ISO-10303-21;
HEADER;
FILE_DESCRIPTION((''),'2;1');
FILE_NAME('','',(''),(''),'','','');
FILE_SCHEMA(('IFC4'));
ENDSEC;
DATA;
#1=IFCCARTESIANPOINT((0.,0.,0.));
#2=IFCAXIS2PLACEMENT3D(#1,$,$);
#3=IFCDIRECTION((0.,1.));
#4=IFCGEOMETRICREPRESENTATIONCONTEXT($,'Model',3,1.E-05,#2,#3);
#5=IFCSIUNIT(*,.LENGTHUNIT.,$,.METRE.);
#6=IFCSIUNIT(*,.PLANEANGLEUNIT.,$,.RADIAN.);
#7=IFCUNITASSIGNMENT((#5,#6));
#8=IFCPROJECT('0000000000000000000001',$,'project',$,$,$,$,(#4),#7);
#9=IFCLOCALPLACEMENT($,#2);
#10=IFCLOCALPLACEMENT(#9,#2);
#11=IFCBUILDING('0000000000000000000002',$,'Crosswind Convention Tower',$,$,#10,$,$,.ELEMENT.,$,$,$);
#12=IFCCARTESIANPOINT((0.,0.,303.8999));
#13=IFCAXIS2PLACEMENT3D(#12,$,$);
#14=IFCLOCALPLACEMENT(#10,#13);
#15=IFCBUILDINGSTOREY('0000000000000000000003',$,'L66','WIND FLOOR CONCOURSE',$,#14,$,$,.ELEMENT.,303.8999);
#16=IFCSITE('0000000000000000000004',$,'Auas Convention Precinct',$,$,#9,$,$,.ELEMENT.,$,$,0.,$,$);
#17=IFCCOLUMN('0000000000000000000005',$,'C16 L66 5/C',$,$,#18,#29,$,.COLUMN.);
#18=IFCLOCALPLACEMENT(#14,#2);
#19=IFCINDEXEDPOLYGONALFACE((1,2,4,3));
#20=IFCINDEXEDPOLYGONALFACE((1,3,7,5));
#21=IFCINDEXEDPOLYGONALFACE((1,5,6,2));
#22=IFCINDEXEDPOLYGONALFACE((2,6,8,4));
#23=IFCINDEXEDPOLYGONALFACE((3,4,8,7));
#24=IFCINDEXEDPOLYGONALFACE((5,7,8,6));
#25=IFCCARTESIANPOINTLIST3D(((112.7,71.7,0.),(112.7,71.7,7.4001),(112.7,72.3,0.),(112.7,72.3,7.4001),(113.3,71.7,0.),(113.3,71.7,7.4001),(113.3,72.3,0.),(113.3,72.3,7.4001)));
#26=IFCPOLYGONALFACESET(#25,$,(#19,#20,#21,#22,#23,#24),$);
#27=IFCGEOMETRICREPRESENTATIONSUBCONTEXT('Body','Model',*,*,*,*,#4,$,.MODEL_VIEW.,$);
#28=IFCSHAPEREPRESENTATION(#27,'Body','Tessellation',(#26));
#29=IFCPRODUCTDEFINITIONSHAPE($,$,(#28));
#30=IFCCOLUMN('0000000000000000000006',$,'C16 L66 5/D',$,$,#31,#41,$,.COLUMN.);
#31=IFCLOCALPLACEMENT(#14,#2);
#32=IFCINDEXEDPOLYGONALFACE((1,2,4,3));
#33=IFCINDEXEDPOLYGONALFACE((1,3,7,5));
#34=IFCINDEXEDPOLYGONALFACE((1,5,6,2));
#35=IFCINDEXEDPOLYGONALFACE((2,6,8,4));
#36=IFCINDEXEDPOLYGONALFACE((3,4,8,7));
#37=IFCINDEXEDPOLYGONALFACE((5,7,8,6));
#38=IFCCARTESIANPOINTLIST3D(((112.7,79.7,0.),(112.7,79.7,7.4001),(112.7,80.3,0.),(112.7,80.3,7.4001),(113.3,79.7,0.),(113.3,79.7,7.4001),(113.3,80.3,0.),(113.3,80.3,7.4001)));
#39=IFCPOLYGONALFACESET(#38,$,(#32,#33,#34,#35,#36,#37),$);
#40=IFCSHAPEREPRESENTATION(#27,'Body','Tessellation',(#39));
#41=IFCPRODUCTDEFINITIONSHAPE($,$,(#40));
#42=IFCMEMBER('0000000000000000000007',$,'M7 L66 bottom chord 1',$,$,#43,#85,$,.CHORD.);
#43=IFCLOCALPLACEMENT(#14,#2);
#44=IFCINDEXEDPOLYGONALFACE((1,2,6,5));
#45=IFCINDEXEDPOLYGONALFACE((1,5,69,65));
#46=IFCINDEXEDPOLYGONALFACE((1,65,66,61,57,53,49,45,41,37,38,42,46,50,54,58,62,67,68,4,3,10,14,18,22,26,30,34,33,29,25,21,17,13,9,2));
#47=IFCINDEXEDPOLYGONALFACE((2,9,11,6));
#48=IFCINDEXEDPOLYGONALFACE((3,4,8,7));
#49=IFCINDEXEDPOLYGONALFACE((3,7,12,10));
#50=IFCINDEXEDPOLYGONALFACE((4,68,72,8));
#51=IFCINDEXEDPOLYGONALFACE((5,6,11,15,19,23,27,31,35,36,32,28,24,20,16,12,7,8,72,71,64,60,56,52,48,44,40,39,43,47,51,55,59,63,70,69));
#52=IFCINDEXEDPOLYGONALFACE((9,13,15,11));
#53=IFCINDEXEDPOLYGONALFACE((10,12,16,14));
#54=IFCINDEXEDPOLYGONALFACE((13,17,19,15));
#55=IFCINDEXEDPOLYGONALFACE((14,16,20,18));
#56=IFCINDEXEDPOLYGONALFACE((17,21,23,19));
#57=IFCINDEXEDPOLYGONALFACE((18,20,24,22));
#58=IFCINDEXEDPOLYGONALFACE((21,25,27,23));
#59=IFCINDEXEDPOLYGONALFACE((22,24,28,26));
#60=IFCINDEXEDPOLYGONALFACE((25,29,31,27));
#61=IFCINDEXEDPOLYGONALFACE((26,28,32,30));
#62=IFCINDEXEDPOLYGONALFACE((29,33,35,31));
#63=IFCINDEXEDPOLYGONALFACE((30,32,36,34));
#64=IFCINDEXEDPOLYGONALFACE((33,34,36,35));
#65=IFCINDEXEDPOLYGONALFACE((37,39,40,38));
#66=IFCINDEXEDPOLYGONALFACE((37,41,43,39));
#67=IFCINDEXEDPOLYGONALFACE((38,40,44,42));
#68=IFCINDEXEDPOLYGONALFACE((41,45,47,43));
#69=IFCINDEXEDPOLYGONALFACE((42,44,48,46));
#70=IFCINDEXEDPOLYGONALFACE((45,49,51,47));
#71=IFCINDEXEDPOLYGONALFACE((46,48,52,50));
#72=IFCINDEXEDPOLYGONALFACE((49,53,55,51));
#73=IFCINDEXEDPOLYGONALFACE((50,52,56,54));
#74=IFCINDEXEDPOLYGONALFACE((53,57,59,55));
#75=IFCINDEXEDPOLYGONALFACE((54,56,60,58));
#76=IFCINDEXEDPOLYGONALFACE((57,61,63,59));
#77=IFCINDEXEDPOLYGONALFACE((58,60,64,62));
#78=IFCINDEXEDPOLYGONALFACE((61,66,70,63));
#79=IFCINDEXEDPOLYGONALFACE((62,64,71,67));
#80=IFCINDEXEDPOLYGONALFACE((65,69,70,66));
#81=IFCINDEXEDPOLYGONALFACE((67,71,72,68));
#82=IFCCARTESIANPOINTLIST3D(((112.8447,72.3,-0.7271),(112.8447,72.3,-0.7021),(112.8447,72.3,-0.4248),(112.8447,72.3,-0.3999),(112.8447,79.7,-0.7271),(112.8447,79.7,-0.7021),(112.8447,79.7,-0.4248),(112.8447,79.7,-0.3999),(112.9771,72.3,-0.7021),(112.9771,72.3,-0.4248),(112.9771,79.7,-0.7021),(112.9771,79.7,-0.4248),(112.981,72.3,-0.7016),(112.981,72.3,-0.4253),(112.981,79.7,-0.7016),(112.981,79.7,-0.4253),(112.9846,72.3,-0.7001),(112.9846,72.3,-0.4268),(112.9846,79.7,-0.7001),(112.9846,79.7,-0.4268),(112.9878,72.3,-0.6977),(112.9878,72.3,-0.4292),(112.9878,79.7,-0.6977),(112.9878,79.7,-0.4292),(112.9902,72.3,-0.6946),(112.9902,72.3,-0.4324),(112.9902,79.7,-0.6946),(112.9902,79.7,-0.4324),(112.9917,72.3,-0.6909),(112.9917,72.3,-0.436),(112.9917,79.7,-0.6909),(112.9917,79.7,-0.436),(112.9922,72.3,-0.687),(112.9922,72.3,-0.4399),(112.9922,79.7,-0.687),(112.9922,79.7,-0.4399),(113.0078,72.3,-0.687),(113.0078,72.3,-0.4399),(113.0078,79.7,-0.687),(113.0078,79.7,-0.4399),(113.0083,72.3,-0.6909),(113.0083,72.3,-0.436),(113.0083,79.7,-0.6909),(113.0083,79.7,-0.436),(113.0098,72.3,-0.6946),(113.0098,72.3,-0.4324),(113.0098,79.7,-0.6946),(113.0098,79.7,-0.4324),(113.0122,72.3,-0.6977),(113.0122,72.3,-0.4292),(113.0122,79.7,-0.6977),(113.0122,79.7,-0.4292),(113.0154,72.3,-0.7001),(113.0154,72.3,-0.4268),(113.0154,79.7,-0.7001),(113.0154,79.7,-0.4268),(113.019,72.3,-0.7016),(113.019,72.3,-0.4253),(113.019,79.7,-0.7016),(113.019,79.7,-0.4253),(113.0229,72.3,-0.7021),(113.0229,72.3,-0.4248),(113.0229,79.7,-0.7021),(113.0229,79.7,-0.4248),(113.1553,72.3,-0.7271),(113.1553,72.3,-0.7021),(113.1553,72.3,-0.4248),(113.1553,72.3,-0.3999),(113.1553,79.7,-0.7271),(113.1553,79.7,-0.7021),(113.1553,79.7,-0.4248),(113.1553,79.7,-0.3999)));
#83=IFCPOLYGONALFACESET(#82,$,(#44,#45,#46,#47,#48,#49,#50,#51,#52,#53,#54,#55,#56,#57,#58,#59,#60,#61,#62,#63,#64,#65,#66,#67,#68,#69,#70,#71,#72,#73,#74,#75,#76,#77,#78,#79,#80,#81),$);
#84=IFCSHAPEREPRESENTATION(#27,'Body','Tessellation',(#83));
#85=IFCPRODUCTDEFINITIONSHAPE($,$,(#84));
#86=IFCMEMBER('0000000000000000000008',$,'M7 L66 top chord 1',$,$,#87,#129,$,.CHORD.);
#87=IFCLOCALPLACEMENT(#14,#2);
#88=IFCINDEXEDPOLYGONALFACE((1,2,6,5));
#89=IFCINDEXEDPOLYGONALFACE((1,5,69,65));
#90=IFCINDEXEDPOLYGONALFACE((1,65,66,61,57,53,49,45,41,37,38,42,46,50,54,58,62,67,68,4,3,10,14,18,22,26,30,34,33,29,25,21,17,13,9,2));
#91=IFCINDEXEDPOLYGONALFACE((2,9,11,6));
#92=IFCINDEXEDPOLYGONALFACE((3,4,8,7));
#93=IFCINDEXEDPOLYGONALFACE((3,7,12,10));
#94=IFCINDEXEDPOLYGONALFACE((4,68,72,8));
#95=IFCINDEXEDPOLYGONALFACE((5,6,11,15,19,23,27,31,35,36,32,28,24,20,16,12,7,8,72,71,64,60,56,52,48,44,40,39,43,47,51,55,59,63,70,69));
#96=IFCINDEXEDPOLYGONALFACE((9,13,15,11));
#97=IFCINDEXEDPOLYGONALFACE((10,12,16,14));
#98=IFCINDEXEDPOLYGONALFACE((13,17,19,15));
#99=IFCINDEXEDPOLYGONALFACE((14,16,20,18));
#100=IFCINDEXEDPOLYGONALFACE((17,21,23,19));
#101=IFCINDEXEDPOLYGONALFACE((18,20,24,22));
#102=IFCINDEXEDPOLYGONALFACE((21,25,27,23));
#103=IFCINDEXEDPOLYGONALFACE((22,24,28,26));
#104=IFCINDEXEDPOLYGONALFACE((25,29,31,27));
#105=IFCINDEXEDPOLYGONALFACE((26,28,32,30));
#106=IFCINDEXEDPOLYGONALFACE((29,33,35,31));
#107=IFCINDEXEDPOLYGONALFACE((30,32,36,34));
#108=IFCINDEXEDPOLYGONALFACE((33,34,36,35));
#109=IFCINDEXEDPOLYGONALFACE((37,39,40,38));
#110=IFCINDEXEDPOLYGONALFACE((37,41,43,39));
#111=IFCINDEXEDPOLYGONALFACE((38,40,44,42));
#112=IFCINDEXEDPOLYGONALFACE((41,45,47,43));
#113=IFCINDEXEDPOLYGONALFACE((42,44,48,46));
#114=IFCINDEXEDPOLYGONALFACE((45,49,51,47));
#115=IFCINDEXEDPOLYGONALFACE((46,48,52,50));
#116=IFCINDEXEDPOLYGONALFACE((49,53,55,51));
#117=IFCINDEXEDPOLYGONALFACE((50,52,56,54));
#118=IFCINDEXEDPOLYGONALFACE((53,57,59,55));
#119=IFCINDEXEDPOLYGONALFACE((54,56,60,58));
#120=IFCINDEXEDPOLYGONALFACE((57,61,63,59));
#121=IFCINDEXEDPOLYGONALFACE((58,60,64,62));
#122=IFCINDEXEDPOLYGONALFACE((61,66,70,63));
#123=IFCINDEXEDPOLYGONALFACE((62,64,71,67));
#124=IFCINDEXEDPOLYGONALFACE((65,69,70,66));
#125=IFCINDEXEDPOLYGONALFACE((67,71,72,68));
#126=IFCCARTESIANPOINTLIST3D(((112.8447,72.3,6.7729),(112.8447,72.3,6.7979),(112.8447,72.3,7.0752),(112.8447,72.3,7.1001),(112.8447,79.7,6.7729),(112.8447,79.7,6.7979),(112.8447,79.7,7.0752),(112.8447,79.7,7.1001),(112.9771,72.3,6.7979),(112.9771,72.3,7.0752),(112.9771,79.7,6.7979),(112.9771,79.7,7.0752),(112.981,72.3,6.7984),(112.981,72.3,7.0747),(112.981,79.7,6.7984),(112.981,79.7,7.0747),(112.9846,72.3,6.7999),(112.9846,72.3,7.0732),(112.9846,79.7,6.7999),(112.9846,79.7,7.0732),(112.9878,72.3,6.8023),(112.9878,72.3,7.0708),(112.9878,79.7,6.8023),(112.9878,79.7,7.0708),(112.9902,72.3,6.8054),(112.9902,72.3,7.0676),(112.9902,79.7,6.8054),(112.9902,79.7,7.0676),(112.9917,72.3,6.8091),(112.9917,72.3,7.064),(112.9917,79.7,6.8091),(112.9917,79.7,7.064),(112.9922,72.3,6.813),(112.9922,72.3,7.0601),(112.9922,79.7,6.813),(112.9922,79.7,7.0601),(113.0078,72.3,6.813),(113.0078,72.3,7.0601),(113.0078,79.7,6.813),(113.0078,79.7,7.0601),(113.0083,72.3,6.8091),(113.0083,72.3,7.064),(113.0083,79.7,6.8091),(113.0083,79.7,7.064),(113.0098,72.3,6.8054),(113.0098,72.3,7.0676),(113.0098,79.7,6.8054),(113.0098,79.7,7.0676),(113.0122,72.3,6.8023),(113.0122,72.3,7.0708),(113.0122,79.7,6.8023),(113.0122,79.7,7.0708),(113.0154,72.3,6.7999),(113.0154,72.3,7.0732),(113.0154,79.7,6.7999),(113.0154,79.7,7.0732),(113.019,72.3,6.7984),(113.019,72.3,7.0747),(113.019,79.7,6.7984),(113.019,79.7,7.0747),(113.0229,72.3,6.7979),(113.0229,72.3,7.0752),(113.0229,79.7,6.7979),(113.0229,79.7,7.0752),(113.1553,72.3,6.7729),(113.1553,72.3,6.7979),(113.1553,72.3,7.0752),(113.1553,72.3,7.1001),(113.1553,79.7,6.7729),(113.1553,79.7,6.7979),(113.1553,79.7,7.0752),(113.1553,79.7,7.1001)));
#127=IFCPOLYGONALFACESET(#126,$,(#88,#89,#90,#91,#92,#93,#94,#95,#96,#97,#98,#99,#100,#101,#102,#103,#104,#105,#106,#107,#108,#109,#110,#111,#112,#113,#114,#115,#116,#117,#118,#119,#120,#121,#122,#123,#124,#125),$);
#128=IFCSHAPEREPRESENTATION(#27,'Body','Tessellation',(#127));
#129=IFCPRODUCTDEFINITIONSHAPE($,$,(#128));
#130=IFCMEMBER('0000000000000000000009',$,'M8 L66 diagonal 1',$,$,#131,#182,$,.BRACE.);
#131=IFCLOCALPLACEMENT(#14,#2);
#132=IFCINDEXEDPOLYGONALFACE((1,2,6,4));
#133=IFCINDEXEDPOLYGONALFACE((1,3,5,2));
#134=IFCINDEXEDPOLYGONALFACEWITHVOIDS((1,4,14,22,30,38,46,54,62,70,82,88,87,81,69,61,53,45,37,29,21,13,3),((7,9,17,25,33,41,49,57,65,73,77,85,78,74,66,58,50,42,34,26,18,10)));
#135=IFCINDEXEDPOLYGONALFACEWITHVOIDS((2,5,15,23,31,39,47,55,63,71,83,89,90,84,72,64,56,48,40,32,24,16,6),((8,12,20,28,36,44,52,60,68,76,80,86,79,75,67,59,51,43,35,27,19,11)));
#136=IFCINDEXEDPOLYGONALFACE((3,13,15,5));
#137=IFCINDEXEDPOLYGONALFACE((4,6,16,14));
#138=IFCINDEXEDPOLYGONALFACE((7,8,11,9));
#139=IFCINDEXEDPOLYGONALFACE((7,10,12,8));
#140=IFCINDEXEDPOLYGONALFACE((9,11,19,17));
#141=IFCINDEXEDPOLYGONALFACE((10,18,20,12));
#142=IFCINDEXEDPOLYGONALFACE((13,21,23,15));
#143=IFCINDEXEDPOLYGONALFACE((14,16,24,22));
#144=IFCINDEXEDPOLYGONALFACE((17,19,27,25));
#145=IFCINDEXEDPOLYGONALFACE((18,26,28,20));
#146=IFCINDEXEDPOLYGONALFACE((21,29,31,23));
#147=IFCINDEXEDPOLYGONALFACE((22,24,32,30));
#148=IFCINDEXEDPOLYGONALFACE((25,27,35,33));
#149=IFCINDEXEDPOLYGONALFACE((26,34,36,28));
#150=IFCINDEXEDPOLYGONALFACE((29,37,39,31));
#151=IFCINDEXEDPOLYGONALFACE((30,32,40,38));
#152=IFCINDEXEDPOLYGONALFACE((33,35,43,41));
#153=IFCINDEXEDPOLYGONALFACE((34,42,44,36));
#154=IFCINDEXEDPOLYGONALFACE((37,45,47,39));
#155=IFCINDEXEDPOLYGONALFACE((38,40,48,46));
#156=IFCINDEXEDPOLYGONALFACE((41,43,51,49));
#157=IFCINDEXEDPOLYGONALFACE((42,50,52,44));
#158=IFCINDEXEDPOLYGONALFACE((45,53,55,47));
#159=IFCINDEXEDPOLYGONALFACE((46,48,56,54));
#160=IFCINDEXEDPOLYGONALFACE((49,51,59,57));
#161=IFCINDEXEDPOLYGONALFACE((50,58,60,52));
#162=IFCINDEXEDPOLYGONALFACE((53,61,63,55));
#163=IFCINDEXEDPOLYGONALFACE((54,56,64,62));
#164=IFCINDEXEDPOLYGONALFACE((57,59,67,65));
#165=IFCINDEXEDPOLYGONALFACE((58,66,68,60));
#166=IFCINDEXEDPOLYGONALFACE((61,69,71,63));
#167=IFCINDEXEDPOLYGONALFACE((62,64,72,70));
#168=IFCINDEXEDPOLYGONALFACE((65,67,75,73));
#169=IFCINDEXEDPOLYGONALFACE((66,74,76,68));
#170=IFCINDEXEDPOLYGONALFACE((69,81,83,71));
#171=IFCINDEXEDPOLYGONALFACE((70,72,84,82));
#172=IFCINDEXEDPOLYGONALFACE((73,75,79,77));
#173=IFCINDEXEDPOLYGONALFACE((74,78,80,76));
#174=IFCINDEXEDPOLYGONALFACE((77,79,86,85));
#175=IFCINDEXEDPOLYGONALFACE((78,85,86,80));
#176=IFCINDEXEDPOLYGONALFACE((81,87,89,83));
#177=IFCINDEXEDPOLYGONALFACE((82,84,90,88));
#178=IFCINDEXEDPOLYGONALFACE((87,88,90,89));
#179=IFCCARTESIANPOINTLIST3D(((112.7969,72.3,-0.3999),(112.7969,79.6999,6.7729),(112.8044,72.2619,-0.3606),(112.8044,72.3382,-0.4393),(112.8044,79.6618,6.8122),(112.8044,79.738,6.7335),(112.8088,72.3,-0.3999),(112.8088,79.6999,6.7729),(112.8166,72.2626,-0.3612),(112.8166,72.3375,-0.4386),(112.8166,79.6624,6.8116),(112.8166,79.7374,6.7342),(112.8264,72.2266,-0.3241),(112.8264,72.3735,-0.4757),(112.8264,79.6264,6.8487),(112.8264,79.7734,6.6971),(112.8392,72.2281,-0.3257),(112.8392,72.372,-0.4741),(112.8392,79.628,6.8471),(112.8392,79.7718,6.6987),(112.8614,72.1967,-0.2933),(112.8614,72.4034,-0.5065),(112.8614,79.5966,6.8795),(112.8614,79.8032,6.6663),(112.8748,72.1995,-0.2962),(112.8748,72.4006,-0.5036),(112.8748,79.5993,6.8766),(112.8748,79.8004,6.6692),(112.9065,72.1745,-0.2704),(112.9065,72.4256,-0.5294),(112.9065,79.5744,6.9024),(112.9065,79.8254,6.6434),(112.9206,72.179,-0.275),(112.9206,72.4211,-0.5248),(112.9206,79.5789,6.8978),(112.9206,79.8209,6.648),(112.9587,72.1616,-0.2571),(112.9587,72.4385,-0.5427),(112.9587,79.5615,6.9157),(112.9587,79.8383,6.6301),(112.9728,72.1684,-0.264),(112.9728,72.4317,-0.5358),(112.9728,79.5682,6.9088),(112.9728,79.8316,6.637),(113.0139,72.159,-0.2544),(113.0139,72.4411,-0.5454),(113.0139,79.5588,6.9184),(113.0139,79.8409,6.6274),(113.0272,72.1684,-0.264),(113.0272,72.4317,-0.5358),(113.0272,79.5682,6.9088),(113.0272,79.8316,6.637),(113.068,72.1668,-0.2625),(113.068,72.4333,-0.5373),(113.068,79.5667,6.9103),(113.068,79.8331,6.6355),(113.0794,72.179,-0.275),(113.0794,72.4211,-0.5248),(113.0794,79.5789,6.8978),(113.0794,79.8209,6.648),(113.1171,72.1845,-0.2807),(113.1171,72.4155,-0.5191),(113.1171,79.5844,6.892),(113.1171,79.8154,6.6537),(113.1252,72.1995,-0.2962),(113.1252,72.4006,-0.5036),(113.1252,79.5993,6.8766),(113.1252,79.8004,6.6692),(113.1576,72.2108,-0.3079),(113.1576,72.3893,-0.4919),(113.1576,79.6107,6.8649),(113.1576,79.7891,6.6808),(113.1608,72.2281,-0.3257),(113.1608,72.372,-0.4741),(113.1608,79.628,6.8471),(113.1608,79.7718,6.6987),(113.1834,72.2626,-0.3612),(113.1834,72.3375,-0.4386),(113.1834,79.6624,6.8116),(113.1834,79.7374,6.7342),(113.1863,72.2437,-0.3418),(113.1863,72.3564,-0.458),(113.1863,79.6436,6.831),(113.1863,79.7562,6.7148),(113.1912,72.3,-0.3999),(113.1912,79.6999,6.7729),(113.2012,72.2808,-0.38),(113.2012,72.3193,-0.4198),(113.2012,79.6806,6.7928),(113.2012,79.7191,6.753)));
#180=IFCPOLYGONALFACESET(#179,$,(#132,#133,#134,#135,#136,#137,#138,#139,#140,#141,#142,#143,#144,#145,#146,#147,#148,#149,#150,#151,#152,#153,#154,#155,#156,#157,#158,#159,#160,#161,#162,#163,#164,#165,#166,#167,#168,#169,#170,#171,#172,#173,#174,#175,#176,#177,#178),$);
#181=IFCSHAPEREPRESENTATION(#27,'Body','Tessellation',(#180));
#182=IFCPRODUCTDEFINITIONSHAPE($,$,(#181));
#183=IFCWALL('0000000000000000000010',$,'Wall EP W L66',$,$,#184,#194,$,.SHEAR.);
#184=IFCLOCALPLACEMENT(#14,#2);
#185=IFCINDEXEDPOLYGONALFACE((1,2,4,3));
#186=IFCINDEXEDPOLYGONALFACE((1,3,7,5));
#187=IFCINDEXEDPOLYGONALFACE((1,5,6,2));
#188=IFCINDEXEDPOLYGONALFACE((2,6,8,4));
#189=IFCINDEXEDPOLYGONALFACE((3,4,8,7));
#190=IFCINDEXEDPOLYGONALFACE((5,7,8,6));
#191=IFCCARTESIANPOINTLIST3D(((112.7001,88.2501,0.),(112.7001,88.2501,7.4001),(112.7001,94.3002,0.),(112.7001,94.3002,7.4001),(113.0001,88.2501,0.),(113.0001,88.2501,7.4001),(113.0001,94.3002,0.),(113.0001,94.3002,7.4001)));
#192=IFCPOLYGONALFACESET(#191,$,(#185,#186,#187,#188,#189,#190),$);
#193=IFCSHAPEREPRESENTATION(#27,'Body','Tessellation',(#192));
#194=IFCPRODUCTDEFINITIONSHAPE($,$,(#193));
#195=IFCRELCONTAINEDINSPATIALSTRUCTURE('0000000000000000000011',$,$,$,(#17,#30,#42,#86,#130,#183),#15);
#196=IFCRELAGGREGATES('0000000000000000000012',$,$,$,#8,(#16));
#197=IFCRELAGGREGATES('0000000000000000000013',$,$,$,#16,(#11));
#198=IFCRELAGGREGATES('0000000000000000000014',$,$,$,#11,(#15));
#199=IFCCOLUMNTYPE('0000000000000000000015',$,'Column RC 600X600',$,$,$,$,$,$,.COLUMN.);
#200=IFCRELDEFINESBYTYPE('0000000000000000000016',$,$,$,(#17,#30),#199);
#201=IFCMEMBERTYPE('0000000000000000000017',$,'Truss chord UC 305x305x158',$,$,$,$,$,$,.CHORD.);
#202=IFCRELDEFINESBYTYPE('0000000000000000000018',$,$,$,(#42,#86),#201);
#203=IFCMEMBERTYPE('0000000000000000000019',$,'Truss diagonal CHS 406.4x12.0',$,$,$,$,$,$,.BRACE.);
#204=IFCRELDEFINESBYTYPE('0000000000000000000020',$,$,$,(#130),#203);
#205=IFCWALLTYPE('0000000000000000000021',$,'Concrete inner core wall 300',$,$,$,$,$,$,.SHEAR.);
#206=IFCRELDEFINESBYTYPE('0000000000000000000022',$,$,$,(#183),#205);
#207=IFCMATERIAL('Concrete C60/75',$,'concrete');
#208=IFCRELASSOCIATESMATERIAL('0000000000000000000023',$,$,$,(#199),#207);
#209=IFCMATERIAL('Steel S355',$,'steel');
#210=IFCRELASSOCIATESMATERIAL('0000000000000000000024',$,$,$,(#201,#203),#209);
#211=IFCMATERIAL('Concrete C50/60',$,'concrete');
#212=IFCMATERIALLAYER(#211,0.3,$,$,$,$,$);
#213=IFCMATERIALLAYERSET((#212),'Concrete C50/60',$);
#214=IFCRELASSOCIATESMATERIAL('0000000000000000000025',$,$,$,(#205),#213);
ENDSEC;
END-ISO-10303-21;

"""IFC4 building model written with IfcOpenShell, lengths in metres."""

from ifc_helpers import new_model, si_unit, direction, frame, frame_2d, origin, origin_2d, place, context, subcontext, project, spatial, rectangle, hollow_circle, i_section, extrude, material, layer, layer_set, material_profile, profile_set, type_object, element, save


model = new_model("IFC4")

# Units and contexts
model_context = context("Model", 3, precision=1e-05, world=origin(), true_north=direction((0.0, 1.0)))
body_context = subcontext(model_context, "Body", "Model", "MODEL_VIEW")
ifc_project = project(units=[si_unit("LENGTHUNIT", "METRE"), si_unit("PLANEANGLEUNIT", "RADIAN")], contexts=[model_context])

# Site, building, storey
site_placement = place(None, origin())
site = spatial("IfcSite", under=ifc_project, at=site_placement, Name="Auas Convention Precinct", CompositionType="ELEMENT", RefElevation=0.0)
building_placement = place(site_placement, origin())
building = spatial("IfcBuilding", under=site, at=building_placement, Name="Crosswind Convention Tower", CompositionType="ELEMENT")
storey_placement = place(building_placement, frame((0.0, 0.0, 303.8999)))
storey = spatial("IfcBuildingStorey", under=building, at=storey_placement, Name="L66", Description="WIND FLOOR CONCOURSE", CompositionType="ELEMENT", Elevation=303.8999)

# Columns
ifc_material_1 = material(Name="Concrete C60/75", Category="concrete")
ifc_material_profile_1 = material_profile(ifc_material_1, rectangle(XDim=0.6001, YDim=0.6001, at=origin_2d()), Name="RC 600X600")
ifc_profile_set_1 = profile_set([ifc_material_profile_1], Name="Concrete C60/75")
column_type = type_object("IfcColumnType", Name="Column RC 600X600", PredefinedType="COLUMN", material=ifc_profile_set_1)
for number, where, z_axis, x_axis, name in (
    (1, (113.0, 72.0, 0.0), (0.0, 0.0, 1.0), (1.0, 0.0, 0.0), "C16 L66 5/C"),
    (2, (113.0, 80.0, 0.0), (0.0, 0.0, 1.0), (1.0, 0.0, 0.0), "C16 L66 5/D"),
):
    element("IfcColumn", number, at=place(storey_placement, frame(where, z_axis=z_axis, x_axis=x_axis)), inside=storey, type_object=column_type, Name=name, PredefinedType="COLUMN", context=body_context, shape_type="SweptSolid", body=[
        extrude(rectangle(XDim=0.6001, YDim=0.6001, at=origin_2d()), origin(), (0.0, 0.0, 1.0), 7.4001),
    ])

# Members
ifc_material_2 = material(Name="Steel S355", Category="steel")
ifc_material_profile_2 = material_profile(ifc_material_2, i_section(OverallWidth=0.3105, OverallDepth=0.3271, WebThickness=0.0156, FlangeThickness=0.0249, FilletRadius=0.0151, at=origin_2d()), Name="UC 305x305x158")
ifc_profile_set_2 = profile_set([ifc_material_profile_2], Name="Steel S355")
member_type_1 = type_object("IfcMemberType", Name="Truss chord UC 305x305x158", PredefinedType="CHORD", material=ifc_profile_set_2)
for number, where, z_axis, x_axis, name in (
    (3, (113.0, 72.3, -0.5635), (0.0, 1.0, 0.0), (-1.0, 0.0, 0.0), "M7 L66 bottom chord 1"),
    (4, (113.0, 72.3, 6.9365), (0.0, 1.0, 0.0), (-1.0, 0.0, 0.0), "M7 L66 top chord 1"),
):
    element("IfcMember", number, at=place(storey_placement, frame(where, z_axis=z_axis, x_axis=x_axis)), inside=storey, type_object=member_type_1, Name=name, PredefinedType="CHORD", context=body_context, shape_type="SweptSolid", body=[
        extrude(i_section(OverallWidth=0.3105, OverallDepth=0.3271, WebThickness=0.0156, FlangeThickness=0.0249, FilletRadius=0.0151, at=origin_2d()), origin(), (0.0, 0.0, 1.0), 7.3999),
    ])
ifc_material_profile_3 = material_profile(ifc_material_2, hollow_circle(Radius=0.2031, WallThickness=0.012, at=origin_2d()), Name="CHS 406.4x12.0")
ifc_profile_set_3 = profile_set([ifc_material_profile_3], Name="Steel S355")
member_type_2 = type_object("IfcMemberType", Name="Truss diagonal CHS 406.4x12.0", PredefinedType="BRACE", material=ifc_profile_set_3)
member_placement = place(storey_placement, frame((113.0, 72.3, -0.3999), z_axis=(0.0, 0.718037, 0.696005), x_axis=(-1.0, 0.0, 0.0)))
element("IfcMember", 5, at=member_placement, inside=storey, type_object=member_type_2, Name="M8 L66 diagonal 1", PredefinedType="BRACE", context=body_context, shape_type="SweptSolid", body=[
    extrude(hollow_circle(Radius=0.2031, WallThickness=0.012, at=origin_2d()), origin(), (0.0, 0.0, 1.0), 10.3057),
])

# Wall
ifc_material_3 = material(Name="Concrete C50/60", Category="concrete")
ifc_layer_1 = layer(ifc_material_3, 0.3)
ifc_layer_set_1 = layer_set([ifc_layer_1], Name="Concrete C50/60")
wall_type_1 = type_object("IfcWallType", Name="Concrete inner core wall 300", PredefinedType="SHEAR", material=ifc_layer_set_1)
wall_1_placement = place(storey_placement, frame((112.8501, 94.3, 0.0), z_axis=(0.0, 0.0, 1.0), x_axis=(0.0, -1.0, 0.0)))
element("IfcWall", 6, at=wall_1_placement, inside=storey, type_object=wall_type_1, Name="Wall EP W L66", PredefinedType="SHEAR", context=body_context, shape_type="SweptSolid", body=[
    extrude(rectangle(XDim=6.05, YDim=0.3, at=frame_2d((3.0249, 0.0))), origin(), (0.0, 0.0, 1.0), 7.4001),
])

save(model, "model.ifc")
